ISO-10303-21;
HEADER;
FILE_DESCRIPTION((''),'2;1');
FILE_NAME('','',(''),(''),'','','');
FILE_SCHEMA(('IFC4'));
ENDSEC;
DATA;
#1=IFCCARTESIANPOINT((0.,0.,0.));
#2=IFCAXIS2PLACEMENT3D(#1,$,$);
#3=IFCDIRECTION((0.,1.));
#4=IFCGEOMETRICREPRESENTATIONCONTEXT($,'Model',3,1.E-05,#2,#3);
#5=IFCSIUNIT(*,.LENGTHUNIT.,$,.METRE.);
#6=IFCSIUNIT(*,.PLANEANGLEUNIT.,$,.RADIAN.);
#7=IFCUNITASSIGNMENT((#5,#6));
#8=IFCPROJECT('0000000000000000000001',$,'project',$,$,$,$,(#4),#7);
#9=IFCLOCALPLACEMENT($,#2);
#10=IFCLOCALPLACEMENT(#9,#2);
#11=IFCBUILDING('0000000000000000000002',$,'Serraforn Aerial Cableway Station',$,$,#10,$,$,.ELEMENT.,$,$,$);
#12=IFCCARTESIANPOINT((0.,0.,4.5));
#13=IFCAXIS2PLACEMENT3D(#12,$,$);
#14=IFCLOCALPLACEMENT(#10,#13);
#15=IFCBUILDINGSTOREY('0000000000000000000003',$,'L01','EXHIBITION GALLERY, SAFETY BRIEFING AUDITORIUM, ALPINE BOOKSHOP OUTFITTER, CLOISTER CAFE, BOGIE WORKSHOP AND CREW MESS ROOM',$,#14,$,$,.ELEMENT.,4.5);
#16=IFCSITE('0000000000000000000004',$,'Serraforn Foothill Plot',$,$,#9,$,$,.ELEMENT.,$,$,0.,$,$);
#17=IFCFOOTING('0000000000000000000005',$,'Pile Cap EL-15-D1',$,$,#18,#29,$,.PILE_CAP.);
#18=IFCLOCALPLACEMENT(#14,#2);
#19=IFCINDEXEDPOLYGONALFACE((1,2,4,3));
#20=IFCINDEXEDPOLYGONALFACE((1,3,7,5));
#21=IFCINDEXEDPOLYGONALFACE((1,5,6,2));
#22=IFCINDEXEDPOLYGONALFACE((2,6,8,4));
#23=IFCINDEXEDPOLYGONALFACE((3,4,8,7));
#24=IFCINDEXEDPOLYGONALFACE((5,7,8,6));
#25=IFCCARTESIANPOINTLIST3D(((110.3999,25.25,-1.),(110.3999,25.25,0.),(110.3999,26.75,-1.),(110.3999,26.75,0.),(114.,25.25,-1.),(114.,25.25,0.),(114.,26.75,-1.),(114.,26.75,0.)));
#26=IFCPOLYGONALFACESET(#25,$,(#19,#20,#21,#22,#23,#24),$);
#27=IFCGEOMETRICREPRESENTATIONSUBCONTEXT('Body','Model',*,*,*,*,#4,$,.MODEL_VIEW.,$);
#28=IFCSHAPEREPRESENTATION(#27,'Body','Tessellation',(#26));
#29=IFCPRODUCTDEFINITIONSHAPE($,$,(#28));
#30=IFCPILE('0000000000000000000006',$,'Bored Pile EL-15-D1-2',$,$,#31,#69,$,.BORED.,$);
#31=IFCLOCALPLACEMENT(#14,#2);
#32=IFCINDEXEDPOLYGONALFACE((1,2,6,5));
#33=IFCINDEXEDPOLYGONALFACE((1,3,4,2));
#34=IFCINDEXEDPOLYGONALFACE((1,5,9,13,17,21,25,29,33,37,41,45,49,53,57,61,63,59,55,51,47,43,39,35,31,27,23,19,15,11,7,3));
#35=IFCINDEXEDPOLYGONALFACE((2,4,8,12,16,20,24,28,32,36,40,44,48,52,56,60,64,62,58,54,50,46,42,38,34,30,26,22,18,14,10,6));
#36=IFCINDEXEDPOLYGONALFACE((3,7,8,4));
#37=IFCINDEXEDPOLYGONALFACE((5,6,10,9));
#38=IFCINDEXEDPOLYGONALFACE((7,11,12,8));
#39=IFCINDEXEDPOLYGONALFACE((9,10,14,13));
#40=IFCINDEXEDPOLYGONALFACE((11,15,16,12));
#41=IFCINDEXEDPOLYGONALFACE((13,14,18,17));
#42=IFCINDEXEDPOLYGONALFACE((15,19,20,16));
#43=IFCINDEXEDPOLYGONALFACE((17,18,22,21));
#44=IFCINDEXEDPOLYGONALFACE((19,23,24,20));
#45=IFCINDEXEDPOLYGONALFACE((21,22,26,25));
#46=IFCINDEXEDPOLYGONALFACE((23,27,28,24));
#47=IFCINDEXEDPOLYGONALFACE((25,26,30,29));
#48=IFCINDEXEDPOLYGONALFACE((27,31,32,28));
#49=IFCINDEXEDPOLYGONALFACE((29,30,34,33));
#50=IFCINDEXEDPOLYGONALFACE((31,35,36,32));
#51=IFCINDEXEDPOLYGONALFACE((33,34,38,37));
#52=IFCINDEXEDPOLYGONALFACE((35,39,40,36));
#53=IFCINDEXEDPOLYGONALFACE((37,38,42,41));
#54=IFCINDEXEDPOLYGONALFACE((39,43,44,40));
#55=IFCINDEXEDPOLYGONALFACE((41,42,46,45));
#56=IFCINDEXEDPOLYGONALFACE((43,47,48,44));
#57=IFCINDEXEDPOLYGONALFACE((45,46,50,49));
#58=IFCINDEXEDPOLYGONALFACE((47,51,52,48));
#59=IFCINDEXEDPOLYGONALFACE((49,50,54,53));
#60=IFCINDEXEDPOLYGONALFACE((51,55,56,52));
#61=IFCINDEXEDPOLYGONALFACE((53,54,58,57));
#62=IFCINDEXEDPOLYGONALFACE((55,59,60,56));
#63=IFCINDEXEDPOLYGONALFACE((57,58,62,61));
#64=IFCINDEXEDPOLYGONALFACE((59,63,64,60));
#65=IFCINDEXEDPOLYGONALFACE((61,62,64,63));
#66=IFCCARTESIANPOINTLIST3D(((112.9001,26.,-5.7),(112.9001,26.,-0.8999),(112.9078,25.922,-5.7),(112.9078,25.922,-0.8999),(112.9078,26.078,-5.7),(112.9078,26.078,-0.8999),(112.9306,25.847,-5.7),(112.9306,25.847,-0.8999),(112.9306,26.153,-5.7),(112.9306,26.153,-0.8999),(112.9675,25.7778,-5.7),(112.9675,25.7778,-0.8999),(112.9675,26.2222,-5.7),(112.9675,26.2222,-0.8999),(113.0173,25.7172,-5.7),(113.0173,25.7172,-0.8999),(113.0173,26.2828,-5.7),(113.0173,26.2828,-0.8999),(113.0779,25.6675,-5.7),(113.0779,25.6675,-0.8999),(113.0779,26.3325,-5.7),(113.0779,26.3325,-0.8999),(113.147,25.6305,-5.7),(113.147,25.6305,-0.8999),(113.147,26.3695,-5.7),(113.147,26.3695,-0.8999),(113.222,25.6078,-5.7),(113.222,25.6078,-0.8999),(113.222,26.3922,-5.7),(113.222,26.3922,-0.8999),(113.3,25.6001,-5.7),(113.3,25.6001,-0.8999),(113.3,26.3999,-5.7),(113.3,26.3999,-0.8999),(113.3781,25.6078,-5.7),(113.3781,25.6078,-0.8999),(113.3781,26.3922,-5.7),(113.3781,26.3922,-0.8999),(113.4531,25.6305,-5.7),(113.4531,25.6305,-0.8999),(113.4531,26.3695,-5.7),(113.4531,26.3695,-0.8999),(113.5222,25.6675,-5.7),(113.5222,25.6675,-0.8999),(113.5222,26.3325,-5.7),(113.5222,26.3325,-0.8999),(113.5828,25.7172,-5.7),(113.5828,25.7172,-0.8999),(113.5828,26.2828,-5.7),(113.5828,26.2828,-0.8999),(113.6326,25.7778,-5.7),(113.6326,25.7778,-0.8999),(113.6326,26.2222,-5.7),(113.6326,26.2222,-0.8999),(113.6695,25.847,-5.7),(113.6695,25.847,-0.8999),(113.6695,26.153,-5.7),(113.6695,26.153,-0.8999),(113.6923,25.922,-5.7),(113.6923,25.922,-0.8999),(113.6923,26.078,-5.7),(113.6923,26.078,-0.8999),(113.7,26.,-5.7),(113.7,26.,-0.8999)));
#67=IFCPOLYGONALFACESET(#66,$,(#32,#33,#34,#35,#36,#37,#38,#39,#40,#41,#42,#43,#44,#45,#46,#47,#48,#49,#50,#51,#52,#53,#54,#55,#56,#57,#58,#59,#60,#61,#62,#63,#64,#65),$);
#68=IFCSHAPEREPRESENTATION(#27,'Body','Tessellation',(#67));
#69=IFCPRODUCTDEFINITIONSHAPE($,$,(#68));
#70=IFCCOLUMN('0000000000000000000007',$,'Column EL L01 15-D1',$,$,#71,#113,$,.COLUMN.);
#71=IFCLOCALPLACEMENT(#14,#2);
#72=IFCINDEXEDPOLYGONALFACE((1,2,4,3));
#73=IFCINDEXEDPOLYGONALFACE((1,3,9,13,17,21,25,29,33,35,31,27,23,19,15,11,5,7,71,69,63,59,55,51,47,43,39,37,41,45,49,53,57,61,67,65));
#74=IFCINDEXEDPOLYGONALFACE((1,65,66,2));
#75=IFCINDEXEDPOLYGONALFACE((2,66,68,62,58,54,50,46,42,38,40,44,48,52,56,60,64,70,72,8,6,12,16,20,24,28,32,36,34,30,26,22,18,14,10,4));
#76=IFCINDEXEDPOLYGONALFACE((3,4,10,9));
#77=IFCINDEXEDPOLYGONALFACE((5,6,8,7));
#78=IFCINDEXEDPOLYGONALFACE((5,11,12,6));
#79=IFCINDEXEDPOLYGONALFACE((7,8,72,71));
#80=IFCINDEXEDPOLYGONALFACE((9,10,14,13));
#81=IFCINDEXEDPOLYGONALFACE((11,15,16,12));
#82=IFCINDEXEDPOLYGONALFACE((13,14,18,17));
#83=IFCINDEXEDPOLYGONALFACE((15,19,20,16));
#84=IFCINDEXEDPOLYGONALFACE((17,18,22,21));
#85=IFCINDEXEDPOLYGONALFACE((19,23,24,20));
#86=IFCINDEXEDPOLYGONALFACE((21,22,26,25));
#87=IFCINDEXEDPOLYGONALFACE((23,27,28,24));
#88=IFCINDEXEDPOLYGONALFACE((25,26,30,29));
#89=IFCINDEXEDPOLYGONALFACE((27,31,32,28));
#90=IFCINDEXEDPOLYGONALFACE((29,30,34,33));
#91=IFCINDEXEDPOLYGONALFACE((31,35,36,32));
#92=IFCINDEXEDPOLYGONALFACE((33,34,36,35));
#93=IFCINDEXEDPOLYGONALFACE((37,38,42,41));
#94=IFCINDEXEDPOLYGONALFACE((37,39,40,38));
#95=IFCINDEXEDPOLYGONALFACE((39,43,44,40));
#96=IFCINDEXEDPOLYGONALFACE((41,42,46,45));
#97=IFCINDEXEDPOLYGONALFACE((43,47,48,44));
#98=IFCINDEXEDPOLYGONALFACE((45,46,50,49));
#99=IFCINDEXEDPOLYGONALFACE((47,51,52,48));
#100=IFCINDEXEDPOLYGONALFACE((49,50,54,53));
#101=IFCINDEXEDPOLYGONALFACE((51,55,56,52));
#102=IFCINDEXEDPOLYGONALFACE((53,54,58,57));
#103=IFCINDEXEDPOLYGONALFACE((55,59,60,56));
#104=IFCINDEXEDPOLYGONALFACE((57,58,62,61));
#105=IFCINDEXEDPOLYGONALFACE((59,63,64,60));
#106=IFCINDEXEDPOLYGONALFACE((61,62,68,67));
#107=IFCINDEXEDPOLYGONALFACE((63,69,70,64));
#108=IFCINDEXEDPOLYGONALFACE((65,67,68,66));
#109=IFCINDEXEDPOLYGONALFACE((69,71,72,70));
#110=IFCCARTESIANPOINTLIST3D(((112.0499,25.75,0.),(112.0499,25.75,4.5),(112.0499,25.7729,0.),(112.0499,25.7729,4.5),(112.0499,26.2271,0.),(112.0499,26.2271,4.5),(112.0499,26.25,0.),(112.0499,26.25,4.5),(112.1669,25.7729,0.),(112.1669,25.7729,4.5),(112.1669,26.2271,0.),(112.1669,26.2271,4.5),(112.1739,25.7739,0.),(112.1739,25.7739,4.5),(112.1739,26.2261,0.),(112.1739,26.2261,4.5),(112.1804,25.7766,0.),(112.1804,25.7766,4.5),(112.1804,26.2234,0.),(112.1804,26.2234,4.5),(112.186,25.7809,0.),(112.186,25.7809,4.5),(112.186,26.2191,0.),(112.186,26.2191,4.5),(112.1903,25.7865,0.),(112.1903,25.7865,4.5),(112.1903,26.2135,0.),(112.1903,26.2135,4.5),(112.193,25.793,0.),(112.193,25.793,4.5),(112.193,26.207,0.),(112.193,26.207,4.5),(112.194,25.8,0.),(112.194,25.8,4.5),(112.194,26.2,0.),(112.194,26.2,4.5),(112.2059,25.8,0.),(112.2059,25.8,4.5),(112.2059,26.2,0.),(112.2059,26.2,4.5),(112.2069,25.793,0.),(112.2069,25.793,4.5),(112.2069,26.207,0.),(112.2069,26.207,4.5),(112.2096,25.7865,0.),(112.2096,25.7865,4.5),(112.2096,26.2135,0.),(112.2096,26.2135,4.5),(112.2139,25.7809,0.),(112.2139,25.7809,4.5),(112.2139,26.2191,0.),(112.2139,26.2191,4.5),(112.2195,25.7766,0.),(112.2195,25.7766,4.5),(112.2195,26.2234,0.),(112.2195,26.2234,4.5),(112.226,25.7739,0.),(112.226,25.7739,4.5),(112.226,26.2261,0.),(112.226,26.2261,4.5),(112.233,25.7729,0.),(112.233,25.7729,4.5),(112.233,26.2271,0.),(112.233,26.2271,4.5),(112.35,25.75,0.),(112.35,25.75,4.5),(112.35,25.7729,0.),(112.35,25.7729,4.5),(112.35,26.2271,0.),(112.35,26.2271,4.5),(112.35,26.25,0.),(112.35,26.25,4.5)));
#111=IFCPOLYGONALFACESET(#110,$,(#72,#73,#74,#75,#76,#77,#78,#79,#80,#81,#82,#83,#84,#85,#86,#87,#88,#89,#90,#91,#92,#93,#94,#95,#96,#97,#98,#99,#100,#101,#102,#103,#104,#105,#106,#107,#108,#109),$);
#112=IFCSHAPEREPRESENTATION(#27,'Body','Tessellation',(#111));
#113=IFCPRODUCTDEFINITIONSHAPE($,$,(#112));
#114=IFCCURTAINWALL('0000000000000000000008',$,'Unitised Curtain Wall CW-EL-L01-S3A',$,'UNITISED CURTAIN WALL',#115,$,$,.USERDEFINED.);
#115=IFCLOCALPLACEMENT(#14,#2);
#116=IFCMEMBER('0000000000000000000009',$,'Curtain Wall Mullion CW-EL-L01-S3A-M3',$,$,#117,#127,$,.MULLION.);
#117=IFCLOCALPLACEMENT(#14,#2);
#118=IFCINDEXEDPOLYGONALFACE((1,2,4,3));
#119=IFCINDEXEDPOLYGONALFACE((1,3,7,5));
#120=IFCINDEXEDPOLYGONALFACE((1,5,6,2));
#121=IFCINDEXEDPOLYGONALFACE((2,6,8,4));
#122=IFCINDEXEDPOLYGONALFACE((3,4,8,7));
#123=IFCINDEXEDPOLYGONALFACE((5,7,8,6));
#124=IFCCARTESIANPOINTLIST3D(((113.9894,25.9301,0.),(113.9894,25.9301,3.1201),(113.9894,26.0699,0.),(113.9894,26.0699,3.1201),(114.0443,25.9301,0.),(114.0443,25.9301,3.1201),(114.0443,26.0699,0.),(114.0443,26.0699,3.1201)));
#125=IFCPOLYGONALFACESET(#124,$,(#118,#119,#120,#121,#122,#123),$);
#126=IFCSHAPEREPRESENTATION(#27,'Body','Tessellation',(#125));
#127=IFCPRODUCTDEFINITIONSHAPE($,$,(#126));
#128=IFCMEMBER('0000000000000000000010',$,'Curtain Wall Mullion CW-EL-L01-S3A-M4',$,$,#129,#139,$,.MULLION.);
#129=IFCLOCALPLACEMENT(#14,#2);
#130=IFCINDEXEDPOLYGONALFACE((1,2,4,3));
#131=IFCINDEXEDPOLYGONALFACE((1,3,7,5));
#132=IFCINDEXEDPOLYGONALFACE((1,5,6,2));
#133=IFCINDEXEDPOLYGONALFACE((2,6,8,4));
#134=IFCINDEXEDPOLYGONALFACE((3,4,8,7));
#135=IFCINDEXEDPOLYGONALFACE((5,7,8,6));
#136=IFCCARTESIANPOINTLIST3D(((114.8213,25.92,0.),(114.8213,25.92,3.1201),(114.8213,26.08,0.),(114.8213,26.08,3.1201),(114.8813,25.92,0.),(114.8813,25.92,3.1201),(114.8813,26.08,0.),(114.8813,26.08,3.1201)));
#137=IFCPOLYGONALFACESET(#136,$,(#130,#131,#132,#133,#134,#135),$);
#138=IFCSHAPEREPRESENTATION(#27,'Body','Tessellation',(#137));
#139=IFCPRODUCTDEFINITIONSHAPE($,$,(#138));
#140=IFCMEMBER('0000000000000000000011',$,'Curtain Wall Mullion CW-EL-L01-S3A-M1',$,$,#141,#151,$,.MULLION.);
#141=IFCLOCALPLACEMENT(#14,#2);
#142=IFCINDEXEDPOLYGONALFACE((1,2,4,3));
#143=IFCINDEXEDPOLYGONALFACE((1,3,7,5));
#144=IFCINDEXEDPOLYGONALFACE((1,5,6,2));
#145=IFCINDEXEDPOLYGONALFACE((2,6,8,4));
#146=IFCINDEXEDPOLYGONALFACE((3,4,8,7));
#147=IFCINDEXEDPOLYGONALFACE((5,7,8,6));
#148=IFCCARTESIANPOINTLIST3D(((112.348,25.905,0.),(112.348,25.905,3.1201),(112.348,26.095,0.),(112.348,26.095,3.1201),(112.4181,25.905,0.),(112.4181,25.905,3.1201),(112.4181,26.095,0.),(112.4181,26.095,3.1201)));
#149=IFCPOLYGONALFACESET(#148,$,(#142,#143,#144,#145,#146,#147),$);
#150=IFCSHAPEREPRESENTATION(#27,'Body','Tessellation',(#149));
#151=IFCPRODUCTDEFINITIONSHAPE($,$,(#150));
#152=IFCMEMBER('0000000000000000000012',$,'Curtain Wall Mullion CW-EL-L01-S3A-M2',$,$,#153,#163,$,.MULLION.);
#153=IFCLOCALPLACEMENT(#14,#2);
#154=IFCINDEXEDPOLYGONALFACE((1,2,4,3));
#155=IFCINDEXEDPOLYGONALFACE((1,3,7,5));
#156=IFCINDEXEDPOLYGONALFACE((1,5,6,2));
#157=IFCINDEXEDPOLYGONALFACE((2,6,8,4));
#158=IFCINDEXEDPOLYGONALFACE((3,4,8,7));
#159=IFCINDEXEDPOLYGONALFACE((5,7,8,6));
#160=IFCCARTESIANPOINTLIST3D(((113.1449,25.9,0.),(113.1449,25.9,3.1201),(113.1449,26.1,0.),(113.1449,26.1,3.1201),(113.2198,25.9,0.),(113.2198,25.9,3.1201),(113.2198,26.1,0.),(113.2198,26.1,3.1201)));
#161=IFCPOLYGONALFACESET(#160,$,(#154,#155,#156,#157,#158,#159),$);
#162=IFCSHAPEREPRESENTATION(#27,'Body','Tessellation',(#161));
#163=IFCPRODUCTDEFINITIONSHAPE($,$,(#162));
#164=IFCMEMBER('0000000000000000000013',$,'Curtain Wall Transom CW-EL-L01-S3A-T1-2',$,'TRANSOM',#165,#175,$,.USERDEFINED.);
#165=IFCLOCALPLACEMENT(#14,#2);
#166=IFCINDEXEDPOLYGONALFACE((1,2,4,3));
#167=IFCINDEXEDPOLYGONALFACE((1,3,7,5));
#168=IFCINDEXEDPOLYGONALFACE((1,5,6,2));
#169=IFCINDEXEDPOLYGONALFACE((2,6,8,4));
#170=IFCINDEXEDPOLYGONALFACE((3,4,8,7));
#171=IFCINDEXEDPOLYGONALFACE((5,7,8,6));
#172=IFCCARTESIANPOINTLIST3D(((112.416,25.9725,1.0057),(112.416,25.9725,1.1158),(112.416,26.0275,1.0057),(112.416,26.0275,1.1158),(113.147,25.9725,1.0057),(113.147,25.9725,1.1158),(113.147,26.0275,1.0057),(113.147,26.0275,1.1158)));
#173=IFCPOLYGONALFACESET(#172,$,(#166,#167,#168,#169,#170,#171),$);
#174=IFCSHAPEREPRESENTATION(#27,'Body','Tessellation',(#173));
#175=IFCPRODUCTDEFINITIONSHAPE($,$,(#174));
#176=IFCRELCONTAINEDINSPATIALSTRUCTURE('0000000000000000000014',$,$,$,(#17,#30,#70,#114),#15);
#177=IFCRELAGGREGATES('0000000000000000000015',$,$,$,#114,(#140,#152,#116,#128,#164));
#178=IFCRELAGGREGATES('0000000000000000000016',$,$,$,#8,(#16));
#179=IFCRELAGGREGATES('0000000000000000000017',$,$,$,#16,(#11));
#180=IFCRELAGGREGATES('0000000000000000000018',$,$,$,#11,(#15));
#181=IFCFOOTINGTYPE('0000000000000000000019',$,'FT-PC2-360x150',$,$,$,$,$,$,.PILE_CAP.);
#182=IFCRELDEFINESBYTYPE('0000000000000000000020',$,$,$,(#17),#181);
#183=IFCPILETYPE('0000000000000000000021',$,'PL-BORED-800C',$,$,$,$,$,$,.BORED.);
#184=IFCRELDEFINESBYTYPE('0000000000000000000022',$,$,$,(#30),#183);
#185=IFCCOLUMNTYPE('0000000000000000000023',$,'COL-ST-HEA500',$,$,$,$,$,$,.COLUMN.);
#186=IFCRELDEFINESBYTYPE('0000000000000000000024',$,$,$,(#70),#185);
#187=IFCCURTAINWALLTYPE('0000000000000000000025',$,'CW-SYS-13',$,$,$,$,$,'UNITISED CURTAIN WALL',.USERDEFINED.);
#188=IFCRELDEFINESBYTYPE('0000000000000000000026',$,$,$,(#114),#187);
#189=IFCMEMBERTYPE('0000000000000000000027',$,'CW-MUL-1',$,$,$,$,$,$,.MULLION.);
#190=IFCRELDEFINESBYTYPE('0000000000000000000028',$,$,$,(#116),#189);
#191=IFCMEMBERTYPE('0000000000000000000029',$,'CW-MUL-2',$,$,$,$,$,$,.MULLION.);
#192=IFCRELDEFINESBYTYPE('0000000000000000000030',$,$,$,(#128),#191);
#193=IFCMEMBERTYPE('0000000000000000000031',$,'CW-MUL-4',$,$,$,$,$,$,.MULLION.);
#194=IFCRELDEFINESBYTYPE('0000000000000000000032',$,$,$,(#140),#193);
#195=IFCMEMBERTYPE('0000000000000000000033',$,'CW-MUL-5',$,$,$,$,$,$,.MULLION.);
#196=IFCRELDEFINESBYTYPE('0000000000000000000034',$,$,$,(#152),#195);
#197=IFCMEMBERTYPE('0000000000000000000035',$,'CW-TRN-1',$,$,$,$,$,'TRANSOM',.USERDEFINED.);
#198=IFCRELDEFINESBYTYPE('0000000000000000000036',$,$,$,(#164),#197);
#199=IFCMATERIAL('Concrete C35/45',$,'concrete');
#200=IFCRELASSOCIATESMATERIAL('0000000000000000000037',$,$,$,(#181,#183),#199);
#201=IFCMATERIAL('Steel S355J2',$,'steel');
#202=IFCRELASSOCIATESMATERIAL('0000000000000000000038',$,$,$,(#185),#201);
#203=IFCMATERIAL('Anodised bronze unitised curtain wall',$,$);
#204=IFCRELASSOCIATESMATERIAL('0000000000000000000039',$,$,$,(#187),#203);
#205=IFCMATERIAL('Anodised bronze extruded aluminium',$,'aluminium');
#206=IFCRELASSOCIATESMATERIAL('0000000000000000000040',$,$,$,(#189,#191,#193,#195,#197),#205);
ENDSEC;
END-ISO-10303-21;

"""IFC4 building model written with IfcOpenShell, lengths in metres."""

from ifc_helpers import new_model, si_unit, direction, frame, origin, origin_2d, place, context, subcontext, project, spatial, rectangle, circle, i_section, extrude, material, material_profile, profile_set, type_object, element, aggregate, save


model = new_model("IFC4")

# Units and contexts
model_context = context("Model", 3, precision=1e-05, world=origin(), true_north=direction((0.0, 1.0)))
body_context = subcontext(model_context, "Body", "Model", "MODEL_VIEW")
ifc_project = project(units=[si_unit("LENGTHUNIT", "METRE"), si_unit("PLANEANGLEUNIT", "RADIAN")], contexts=[model_context])

# Site, building, storey
site_placement = place(None, origin())
site = spatial("IfcSite", under=ifc_project, at=site_placement, Name="Serraforn Foothill Plot", CompositionType="ELEMENT", RefElevation=0.0)
building_placement = place(site_placement, origin())
building = spatial("IfcBuilding", under=site, at=building_placement, Name="Serraforn Aerial Cableway Station", CompositionType="ELEMENT")
storey_placement = place(building_placement, frame((0.0, 0.0, 4.5)))
storey = spatial("IfcBuildingStorey", under=building, at=storey_placement, Name="L01", Description="EXHIBITION GALLERY, SAFETY BRIEFING AUDITORIUM, ALPINE BOOKSHOP OUTFITTER, CLOISTER CAFE, BOGIE WORKSHOP AND CREW MESS ROOM", CompositionType="ELEMENT", Elevation=4.5)

# Footing
ifc_material_1 = material(Name="Concrete C35/45", Category="concrete")
footing_type = type_object("IfcFootingType", Name="FT-PC2-360x150", PredefinedType="PILE_CAP", material=ifc_material_1)
footing_placement = place(storey_placement, frame((112.2, 26.0, -1.0), z_axis=(0.0, 0.0, 1.0), x_axis=(1.0, 0.0, 0.0)))
element("IfcFooting", 1, at=footing_placement, inside=storey, type_object=footing_type, Name="Pile Cap EL-15-D1", PredefinedType="PILE_CAP", context=body_context, shape_type="SweptSolid", body=[
    extrude(rectangle(XDim=3.6001, YDim=1.5, at=origin_2d()), origin(), (0.0, 0.0, 1.0), 1.0),
])

# Pile
ifc_material_profile_1 = material_profile(ifc_material_1, circle(Radius=0.3999, at=origin_2d()), Name="BORED PILE D800")
ifc_profile_set_1 = profile_set([ifc_material_profile_1], Name="Concrete C35/45")
pile_type = type_object("IfcPileType", Name="PL-BORED-800C", PredefinedType="BORED", material=ifc_profile_set_1)
pile_placement = place(storey_placement, frame((113.3, 26.0, -0.8999), z_axis=(0.0, 0.0, -1.0), x_axis=(1.0, 0.0, 0.0)))
element("IfcPile", 2, at=pile_placement, inside=storey, type_object=pile_type, Name="Bored Pile EL-15-D1-2", PredefinedType="BORED", context=body_context, shape_type="SweptSolid", body=[
    extrude(circle(Radius=0.3999, at=origin_2d()), origin(), (0.0, 0.0, 1.0), 4.8),
])

# Column
ifc_material_2 = material(Name="Steel S355J2", Category="steel")
ifc_material_profile_2 = material_profile(ifc_material_2, i_section(OverallWidth=0.3, OverallDepth=0.5, WebThickness=0.012, FlangeThickness=0.0229, FilletRadius=0.0271, at=origin_2d()), Name="HEA 500")
ifc_profile_set_2 = profile_set([ifc_material_profile_2], Name="Steel S355J2")
column_type = type_object("IfcColumnType", Name="COL-ST-HEA500", PredefinedType="COLUMN", material=ifc_profile_set_2)
column_placement = place(storey_placement, frame((112.2, 26.0, 0.0), z_axis=(0.0, 0.0, 1.0), x_axis=(1.0, 0.0, 0.0)))
element("IfcColumn", 3, at=column_placement, inside=storey, type_object=column_type, Name="Column EL L01 15-D1", PredefinedType="COLUMN", context=body_context, shape_type="SweptSolid", body=[
    extrude(i_section(OverallWidth=0.3, OverallDepth=0.5, WebThickness=0.012, FlangeThickness=0.0229, FilletRadius=0.0271, at=origin_2d()), origin(), (0.0, 0.0, 1.0), 4.5),
])

# Curtain wall, members
ifc_material_3 = material(Name="Anodised bronze unitised curtain wall")
curtain_wall_type = type_object("IfcCurtainWallType", Name="CW-SYS-13", ElementType="UNITISED CURTAIN WALL", PredefinedType="USERDEFINED", material=ifc_material_3)
curtain_wall_placement = place(storey_placement, origin())
curtain_wall = element("IfcCurtainWall", 4, at=curtain_wall_placement, inside=storey, type_object=curtain_wall_type, Name="Unitised Curtain Wall CW-EL-L01-S3A", ObjectType="UNITISED CURTAIN WALL", PredefinedType="USERDEFINED")
ifc_material_4 = material(Name="Anodised bronze extruded aluminium", Category="aluminium")
ifc_material_profile_3 = material_profile(ifc_material_4, rectangle(XDim=0.0549, YDim=0.1399, at=origin_2d()), Name="CW MULLION 55x140")
ifc_profile_set_3 = profile_set([ifc_material_profile_3], Name="Anodised bronze extruded aluminium")
member_type_1 = type_object("IfcMemberType", Name="CW-MUL-1", PredefinedType="MULLION", material=ifc_profile_set_3)
member_1_placement = place(storey_placement, frame((114.0168, 26.0, 0.0), z_axis=(0.0, 0.0, 1.0), x_axis=(1.0, 0.0, 0.0)))
member_1 = element("IfcMember", 5, at=member_1_placement, type_object=member_type_1, Name="Curtain Wall Mullion CW-EL-L01-S3A-M3", PredefinedType="MULLION", context=body_context, shape_type="SweptSolid", body=[
    extrude(rectangle(XDim=0.0549, YDim=0.1399, at=origin_2d()), origin(), (0.0, 0.0, 1.0), 3.1201),
])
ifc_material_profile_4 = material_profile(ifc_material_4, rectangle(XDim=0.0601, YDim=0.1599, at=origin_2d()), Name="CW MULLION 60x160")
ifc_profile_set_4 = profile_set([ifc_material_profile_4], Name="Anodised bronze extruded aluminium")
member_type_2 = type_object("IfcMemberType", Name="CW-MUL-2", PredefinedType="MULLION", material=ifc_profile_set_4)
member_2_placement = place(storey_placement, frame((114.8513, 26.0, 0.0), z_axis=(0.0, 0.0, 1.0), x_axis=(1.0, 0.0, 0.0)))
member_2 = element("IfcMember", 6, at=member_2_placement, type_object=member_type_2, Name="Curtain Wall Mullion CW-EL-L01-S3A-M4", PredefinedType="MULLION", context=body_context, shape_type="SweptSolid", body=[
    extrude(rectangle(XDim=0.0601, YDim=0.1599, at=origin_2d()), origin(), (0.0, 0.0, 1.0), 3.1201),
])
ifc_material_profile_5 = material_profile(ifc_material_4, rectangle(XDim=0.0701, YDim=0.1899, at=origin_2d()), Name="CW MULLION 70x190")
ifc_profile_set_5 = profile_set([ifc_material_profile_5], Name="Anodised bronze extruded aluminium")
member_type_3 = type_object("IfcMemberType", Name="CW-MUL-4", PredefinedType="MULLION", material=ifc_profile_set_5)
member_3_placement = place(storey_placement, frame((112.3831, 26.0, 0.0), z_axis=(0.0, 0.0, 1.0), x_axis=(1.0, 0.0, 0.0)))
member_3 = element("IfcMember", 7, at=member_3_placement, type_object=member_type_3, Name="Curtain Wall Mullion CW-EL-L01-S3A-M1", PredefinedType="MULLION", context=body_context, shape_type="SweptSolid", body=[
    extrude(rectangle(XDim=0.0701, YDim=0.1899, at=origin_2d()), origin(), (0.0, 0.0, 1.0), 3.1201),
])
ifc_material_profile_6 = material_profile(ifc_material_4, rectangle(XDim=0.075, YDim=0.2, at=origin_2d()), Name="CW MULLION 75x200")
ifc_profile_set_6 = profile_set([ifc_material_profile_6], Name="Anodised bronze extruded aluminium")
member_type_4 = type_object("IfcMemberType", Name="CW-MUL-5", PredefinedType="MULLION", material=ifc_profile_set_6)
member_4_placement = place(storey_placement, frame((113.1824, 26.0, 0.0), z_axis=(0.0, 0.0, 1.0), x_axis=(1.0, 0.0, 0.0)))
member_4 = element("IfcMember", 8, at=member_4_placement, type_object=member_type_4, Name="Curtain Wall Mullion CW-EL-L01-S3A-M2", PredefinedType="MULLION", context=body_context, shape_type="SweptSolid", body=[
    extrude(rectangle(XDim=0.075, YDim=0.2, at=origin_2d()), origin(), (0.0, 0.0, 1.0), 3.1201),
])
ifc_material_profile_7 = material_profile(ifc_material_4, rectangle(XDim=0.0549, YDim=0.1101, at=origin_2d()), Name="CW TRANSOM 55x110")
ifc_profile_set_7 = profile_set([ifc_material_profile_7], Name="Anodised bronze extruded aluminium")
member_type_5 = type_object("IfcMemberType", Name="CW-TRN-1", ElementType="TRANSOM", PredefinedType="USERDEFINED", material=ifc_profile_set_7)
member_5_placement = place(storey_placement, frame((112.416, 26.0, 1.0608), z_axis=(1.0, 0.0, 0.0), x_axis=(0.0, 1.0, 0.0)))
member_5 = element("IfcMember", 9, at=member_5_placement, type_object=member_type_5, Name="Curtain Wall Transom CW-EL-L01-S3A-T1-2", ObjectType="TRANSOM", PredefinedType="USERDEFINED", context=body_context, shape_type="SweptSolid", body=[
    extrude(rectangle(XDim=0.0549, YDim=0.1101, at=origin_2d()), origin(), (0.0, 0.0, 1.0), 0.731),
])
aggregate(curtain_wall, [member_3, member_4, member_1, member_2, member_5])

save(model, "model.ifc")
